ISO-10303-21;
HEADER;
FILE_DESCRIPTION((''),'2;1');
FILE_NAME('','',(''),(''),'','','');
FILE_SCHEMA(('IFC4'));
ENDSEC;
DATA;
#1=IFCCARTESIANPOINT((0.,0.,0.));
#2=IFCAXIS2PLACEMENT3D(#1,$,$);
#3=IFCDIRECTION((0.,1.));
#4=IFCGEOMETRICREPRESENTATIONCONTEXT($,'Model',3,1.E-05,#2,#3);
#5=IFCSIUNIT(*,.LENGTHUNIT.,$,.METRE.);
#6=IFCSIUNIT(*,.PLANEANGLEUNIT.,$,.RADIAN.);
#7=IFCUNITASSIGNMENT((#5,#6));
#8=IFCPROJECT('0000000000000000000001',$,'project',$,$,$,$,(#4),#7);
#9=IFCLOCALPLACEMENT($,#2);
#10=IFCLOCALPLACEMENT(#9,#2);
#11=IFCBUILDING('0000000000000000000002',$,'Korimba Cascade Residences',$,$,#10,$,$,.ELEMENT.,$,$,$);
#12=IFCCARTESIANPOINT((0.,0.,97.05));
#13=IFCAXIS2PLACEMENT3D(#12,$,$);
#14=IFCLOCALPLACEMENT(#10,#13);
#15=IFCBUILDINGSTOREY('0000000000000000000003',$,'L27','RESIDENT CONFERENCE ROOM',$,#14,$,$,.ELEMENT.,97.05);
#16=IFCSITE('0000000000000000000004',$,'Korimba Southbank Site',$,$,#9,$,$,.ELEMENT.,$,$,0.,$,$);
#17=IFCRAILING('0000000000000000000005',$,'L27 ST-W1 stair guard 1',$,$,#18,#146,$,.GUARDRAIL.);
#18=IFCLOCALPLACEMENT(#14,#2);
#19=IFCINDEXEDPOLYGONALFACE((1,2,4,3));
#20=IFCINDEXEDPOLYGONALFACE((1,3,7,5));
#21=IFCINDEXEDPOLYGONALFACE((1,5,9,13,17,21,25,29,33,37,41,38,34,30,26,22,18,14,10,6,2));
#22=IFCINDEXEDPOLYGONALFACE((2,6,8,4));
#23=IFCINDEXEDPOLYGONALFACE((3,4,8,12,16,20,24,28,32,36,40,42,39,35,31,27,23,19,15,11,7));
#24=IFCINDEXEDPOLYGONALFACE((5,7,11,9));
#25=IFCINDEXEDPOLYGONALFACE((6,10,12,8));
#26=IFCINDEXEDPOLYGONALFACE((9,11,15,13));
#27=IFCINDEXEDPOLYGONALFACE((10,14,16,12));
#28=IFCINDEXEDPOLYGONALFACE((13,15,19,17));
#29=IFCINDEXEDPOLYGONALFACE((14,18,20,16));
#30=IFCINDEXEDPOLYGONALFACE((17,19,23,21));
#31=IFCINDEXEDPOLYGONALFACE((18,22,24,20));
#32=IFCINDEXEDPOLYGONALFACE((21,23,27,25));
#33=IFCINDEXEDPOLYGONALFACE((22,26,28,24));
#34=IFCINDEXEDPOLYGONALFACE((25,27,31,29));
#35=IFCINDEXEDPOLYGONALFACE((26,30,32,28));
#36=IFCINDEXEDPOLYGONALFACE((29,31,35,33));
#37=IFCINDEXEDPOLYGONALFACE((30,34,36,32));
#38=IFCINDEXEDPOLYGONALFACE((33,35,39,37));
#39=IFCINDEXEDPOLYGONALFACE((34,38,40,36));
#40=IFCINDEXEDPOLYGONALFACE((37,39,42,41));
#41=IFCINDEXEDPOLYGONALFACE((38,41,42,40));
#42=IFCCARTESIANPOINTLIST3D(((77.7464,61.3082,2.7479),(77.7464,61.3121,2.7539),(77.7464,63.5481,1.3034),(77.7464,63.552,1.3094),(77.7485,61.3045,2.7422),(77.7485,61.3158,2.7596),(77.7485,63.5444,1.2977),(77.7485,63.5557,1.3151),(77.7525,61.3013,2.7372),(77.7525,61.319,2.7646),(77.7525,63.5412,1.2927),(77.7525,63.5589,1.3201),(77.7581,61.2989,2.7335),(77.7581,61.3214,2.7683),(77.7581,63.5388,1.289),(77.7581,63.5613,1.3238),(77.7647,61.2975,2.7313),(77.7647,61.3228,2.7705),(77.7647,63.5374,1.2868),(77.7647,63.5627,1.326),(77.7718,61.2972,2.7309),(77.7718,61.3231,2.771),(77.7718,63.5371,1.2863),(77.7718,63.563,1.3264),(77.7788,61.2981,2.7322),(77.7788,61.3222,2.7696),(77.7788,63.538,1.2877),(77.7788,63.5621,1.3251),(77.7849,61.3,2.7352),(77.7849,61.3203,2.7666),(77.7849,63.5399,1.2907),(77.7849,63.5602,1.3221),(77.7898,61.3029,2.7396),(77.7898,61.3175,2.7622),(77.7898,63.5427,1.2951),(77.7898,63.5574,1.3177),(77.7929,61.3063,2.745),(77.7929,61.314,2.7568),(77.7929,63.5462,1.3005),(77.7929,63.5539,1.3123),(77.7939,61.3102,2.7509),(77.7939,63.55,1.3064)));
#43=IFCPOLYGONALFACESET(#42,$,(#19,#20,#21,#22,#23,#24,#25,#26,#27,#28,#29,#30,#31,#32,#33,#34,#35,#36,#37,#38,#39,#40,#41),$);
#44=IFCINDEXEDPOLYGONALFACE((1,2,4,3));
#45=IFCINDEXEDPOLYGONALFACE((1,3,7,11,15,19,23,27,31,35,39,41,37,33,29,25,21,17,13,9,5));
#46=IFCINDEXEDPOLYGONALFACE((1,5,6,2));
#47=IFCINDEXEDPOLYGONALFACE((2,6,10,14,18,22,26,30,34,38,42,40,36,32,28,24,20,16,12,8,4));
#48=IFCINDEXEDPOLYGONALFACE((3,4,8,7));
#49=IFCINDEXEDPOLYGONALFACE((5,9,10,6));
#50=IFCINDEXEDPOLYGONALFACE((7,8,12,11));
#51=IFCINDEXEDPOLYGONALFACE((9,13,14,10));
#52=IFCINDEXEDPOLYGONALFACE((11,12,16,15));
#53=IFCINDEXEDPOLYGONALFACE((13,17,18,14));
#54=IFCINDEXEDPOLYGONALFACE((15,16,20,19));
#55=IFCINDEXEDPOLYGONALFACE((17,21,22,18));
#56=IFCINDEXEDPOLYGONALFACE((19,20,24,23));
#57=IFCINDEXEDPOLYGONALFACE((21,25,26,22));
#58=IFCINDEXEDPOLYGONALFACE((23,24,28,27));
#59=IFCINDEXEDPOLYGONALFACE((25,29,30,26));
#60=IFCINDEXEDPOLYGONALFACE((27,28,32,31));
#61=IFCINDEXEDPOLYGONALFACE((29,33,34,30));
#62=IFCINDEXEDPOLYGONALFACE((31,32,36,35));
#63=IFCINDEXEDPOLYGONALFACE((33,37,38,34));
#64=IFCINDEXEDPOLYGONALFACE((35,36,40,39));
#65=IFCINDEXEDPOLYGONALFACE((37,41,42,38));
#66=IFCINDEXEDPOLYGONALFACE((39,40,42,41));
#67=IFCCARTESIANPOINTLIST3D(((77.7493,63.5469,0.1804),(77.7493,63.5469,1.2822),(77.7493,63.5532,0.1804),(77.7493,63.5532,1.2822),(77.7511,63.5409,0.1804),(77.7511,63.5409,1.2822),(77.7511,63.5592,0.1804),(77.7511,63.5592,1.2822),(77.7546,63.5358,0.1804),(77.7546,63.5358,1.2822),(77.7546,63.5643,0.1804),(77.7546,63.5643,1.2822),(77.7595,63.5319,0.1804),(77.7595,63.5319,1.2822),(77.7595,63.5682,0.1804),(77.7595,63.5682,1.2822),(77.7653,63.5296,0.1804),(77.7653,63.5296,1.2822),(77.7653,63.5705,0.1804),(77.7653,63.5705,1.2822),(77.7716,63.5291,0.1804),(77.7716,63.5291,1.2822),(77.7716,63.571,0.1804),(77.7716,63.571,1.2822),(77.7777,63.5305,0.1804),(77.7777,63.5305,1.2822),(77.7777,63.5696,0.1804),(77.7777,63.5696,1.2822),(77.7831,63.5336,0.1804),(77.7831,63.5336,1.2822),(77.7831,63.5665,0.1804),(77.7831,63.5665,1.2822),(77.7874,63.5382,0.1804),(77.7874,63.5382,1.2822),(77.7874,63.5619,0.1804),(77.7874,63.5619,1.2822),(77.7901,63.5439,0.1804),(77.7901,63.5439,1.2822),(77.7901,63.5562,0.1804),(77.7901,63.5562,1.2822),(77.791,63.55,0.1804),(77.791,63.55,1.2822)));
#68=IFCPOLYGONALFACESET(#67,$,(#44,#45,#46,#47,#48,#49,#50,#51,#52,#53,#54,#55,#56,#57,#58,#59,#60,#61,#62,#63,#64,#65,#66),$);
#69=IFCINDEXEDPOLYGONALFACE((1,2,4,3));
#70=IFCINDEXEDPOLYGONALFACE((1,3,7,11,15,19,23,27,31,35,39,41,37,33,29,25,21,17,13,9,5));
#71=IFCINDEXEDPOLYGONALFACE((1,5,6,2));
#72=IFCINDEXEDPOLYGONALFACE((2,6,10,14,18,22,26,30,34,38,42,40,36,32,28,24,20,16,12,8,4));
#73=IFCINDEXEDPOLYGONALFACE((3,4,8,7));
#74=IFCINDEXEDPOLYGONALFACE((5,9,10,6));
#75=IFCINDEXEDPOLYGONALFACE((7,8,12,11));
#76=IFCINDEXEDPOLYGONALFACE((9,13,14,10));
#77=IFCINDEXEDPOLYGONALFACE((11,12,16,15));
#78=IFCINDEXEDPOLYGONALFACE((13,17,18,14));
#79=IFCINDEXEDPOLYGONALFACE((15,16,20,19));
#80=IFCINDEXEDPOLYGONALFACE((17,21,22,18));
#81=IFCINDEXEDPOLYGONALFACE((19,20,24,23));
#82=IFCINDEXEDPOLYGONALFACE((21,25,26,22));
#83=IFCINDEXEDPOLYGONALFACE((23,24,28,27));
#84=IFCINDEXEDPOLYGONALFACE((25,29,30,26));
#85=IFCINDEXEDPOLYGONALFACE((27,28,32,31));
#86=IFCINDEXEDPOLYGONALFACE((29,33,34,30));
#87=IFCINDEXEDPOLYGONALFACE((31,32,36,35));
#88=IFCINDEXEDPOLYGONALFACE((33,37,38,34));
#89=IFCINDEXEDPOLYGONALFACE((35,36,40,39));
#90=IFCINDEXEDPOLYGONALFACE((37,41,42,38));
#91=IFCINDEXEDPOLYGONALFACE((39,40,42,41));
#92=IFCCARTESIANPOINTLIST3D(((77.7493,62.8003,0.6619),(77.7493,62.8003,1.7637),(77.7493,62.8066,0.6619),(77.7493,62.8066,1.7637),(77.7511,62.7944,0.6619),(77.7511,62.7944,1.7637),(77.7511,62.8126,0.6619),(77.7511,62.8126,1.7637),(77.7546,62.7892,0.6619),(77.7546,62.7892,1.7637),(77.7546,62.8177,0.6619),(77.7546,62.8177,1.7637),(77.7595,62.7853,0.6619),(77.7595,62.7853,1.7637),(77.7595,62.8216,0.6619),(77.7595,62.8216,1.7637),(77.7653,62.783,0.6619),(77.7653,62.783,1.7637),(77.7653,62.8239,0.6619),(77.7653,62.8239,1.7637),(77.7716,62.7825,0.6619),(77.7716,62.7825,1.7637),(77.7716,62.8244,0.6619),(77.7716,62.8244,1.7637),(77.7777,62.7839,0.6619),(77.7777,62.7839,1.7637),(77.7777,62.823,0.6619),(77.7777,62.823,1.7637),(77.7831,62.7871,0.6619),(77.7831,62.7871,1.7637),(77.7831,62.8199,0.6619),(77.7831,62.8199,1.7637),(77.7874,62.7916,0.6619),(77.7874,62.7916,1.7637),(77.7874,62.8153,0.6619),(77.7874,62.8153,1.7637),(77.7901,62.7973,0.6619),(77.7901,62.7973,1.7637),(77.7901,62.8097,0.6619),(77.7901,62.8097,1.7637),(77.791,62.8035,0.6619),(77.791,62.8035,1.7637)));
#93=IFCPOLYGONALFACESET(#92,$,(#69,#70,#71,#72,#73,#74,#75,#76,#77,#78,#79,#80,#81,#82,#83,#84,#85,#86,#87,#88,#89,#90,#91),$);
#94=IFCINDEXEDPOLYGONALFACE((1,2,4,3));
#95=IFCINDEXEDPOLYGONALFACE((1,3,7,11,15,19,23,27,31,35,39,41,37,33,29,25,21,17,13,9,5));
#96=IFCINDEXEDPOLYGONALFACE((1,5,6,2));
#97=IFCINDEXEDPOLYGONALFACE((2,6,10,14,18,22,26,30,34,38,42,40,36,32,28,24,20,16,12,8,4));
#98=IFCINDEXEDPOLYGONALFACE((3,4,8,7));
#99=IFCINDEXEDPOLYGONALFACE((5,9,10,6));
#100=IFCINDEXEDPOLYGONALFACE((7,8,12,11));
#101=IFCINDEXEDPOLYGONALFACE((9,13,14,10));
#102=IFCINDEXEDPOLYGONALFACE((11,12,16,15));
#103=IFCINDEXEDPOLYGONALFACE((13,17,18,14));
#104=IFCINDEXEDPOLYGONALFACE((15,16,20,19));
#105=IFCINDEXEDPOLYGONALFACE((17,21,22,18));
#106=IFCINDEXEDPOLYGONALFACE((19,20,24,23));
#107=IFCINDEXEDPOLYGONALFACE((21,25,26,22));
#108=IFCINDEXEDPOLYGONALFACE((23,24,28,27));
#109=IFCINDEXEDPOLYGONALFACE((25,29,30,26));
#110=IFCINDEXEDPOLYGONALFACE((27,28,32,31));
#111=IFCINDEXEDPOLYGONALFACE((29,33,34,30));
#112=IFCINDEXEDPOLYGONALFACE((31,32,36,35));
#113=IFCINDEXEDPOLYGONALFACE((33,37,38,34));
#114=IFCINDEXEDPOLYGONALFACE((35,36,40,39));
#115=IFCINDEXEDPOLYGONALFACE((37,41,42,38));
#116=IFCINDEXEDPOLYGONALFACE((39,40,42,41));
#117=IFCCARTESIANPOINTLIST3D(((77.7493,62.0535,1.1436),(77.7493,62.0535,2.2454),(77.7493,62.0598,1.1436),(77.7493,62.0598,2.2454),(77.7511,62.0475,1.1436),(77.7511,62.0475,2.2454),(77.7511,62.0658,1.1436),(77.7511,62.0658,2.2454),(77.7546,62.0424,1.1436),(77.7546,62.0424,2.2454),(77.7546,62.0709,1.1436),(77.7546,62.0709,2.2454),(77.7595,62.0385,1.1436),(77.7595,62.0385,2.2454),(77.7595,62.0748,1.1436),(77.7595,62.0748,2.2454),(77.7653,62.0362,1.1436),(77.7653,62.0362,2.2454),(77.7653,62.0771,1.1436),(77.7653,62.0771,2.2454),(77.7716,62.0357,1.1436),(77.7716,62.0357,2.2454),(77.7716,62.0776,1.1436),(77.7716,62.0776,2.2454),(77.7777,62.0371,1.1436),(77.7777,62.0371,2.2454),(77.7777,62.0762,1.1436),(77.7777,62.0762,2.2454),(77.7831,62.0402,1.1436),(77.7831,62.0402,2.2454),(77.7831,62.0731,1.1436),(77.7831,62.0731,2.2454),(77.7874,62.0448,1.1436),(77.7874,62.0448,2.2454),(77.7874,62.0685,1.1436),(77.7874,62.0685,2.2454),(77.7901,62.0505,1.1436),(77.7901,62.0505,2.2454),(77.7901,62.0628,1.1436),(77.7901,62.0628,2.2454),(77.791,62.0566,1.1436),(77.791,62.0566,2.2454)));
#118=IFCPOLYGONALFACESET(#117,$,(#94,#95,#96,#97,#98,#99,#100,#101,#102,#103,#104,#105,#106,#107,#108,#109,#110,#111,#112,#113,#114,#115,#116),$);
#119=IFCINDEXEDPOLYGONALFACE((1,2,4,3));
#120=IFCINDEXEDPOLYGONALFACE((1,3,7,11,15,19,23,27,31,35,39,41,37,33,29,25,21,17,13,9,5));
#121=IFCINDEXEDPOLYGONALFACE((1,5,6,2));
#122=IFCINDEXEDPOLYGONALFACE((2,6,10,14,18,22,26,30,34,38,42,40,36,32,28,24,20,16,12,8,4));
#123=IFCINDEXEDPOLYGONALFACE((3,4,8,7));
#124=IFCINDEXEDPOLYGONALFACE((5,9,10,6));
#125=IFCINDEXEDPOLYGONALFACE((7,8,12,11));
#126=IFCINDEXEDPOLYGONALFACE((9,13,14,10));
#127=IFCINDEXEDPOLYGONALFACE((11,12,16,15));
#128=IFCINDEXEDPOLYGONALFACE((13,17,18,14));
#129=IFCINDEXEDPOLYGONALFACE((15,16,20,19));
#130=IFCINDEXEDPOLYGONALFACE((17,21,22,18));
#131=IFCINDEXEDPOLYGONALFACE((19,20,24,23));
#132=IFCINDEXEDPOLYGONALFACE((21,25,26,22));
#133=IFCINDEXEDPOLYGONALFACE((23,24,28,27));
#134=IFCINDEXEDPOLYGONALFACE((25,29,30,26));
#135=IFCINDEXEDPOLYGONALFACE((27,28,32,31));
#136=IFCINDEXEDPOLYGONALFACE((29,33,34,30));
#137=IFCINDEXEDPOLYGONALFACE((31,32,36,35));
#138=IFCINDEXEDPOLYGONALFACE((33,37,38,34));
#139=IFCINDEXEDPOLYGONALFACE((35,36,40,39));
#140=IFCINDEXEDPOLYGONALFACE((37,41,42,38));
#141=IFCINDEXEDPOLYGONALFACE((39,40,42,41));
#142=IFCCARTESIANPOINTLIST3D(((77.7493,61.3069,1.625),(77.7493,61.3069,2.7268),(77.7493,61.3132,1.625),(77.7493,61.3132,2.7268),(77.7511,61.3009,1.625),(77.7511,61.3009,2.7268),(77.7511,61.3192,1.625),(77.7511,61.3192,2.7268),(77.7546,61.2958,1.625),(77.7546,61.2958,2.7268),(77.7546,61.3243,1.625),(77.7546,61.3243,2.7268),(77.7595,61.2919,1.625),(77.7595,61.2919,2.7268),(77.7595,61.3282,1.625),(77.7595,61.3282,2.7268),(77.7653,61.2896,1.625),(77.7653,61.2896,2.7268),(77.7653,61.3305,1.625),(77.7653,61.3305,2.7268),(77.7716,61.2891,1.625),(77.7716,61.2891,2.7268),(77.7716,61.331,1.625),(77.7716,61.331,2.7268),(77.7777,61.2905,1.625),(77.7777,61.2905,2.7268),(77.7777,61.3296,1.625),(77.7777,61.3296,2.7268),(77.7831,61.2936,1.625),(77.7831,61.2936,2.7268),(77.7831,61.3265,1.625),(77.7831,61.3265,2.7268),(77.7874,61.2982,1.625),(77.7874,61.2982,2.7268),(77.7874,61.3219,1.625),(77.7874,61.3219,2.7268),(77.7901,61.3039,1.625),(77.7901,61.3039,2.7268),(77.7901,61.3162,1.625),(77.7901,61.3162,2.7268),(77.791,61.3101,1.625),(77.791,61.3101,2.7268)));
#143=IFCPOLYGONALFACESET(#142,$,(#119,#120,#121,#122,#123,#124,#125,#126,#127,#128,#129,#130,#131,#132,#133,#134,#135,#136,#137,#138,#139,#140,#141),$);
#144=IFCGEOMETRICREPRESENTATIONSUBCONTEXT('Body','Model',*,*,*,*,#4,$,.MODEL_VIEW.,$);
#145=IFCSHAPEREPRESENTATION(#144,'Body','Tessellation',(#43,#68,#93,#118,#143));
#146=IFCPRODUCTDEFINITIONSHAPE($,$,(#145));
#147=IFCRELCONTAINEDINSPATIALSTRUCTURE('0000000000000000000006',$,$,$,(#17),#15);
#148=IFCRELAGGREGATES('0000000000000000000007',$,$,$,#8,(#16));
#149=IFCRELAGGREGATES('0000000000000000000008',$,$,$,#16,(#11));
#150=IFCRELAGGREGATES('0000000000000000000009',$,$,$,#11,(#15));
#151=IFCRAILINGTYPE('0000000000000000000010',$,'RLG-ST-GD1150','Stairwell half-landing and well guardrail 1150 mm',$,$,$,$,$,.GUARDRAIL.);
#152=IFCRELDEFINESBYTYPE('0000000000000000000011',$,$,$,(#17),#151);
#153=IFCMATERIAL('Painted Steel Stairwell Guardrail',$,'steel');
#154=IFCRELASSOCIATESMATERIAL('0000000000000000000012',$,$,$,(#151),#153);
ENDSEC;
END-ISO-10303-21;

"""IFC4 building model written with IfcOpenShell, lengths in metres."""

from ifc_helpers import new_model, si_unit, direction, frame, origin, origin_2d, place, context, subcontext, project, spatial, circle, extrude, material, type_object, element, save


model = new_model("IFC4")

# Units and contexts
model_context = context("Model", 3, precision=1e-05, world=origin(), true_north=direction((0.0, 1.0)))
body_context = subcontext(model_context, "Body", "Model", "MODEL_VIEW")
ifc_project = project(units=[si_unit("LENGTHUNIT", "METRE"), si_unit("PLANEANGLEUNIT", "RADIAN")], contexts=[model_context])

# Site, building, storey
site_placement = place(None, origin())
site = spatial("IfcSite", under=ifc_project, at=site_placement, Name="Korimba Southbank Site", CompositionType="ELEMENT", RefElevation=0.0)
building_placement = place(site_placement, origin())
building = spatial("IfcBuilding", under=site, at=building_placement, Name="Korimba Cascade Residences", CompositionType="ELEMENT")
storey_placement = place(building_placement, frame((0.0, 0.0, 97.05)))
storey = spatial("IfcBuildingStorey", under=building, at=storey_placement, Name="L27", Description="RESIDENT CONFERENCE ROOM", CompositionType="ELEMENT", Elevation=97.05)

# Railing
ifc_material_1 = material(Name="Painted Steel Stairwell Guardrail", Category="steel")
railing_type_1 = type_object("IfcRailingType", Name="RLG-ST-GD1150", Description="Stairwell half-landing and well guardrail 1150 mm", PredefinedType="GUARDRAIL", material=ifc_material_1)
railing_1_placement = place(storey_placement, frame((77.77, 63.55, 0.1804)))
element("IfcRailing", 1, at=railing_1_placement, inside=storey, type_object=railing_type_1, Name="L27 ST-W1 stair guard 1", PredefinedType="GUARDRAIL", context=body_context, shape_type="SweptSolid", body=[
    extrude(circle(Radius=0.0239, at=origin_2d()), frame((0.0, 0.0, 1.126), z_axis=(0.0, -0.840395, 0.541975), x_axis=(1.0, 0.0, 0.0)), (0.0, 0.0, 1.0), 2.6653),
    extrude(circle(Radius=0.021, at=origin_2d()), origin(), (0.0, 0.0, 1.0), 1.1018),
    extrude(circle(Radius=0.021, at=origin_2d()), frame((0.0, -0.7466, 0.4814)), (0.0, 0.0, 1.0), 1.1018),
    extrude(circle(Radius=0.021, at=origin_2d()), frame((0.0, -1.4934, 0.9631)), (0.0, 0.0, 1.0), 1.1018),
    extrude(circle(Radius=0.021, at=origin_2d()), frame((0.0, -2.24, 1.4446)), (0.0, 0.0, 1.0), 1.1018),
])

save(model, "model.ifc")
